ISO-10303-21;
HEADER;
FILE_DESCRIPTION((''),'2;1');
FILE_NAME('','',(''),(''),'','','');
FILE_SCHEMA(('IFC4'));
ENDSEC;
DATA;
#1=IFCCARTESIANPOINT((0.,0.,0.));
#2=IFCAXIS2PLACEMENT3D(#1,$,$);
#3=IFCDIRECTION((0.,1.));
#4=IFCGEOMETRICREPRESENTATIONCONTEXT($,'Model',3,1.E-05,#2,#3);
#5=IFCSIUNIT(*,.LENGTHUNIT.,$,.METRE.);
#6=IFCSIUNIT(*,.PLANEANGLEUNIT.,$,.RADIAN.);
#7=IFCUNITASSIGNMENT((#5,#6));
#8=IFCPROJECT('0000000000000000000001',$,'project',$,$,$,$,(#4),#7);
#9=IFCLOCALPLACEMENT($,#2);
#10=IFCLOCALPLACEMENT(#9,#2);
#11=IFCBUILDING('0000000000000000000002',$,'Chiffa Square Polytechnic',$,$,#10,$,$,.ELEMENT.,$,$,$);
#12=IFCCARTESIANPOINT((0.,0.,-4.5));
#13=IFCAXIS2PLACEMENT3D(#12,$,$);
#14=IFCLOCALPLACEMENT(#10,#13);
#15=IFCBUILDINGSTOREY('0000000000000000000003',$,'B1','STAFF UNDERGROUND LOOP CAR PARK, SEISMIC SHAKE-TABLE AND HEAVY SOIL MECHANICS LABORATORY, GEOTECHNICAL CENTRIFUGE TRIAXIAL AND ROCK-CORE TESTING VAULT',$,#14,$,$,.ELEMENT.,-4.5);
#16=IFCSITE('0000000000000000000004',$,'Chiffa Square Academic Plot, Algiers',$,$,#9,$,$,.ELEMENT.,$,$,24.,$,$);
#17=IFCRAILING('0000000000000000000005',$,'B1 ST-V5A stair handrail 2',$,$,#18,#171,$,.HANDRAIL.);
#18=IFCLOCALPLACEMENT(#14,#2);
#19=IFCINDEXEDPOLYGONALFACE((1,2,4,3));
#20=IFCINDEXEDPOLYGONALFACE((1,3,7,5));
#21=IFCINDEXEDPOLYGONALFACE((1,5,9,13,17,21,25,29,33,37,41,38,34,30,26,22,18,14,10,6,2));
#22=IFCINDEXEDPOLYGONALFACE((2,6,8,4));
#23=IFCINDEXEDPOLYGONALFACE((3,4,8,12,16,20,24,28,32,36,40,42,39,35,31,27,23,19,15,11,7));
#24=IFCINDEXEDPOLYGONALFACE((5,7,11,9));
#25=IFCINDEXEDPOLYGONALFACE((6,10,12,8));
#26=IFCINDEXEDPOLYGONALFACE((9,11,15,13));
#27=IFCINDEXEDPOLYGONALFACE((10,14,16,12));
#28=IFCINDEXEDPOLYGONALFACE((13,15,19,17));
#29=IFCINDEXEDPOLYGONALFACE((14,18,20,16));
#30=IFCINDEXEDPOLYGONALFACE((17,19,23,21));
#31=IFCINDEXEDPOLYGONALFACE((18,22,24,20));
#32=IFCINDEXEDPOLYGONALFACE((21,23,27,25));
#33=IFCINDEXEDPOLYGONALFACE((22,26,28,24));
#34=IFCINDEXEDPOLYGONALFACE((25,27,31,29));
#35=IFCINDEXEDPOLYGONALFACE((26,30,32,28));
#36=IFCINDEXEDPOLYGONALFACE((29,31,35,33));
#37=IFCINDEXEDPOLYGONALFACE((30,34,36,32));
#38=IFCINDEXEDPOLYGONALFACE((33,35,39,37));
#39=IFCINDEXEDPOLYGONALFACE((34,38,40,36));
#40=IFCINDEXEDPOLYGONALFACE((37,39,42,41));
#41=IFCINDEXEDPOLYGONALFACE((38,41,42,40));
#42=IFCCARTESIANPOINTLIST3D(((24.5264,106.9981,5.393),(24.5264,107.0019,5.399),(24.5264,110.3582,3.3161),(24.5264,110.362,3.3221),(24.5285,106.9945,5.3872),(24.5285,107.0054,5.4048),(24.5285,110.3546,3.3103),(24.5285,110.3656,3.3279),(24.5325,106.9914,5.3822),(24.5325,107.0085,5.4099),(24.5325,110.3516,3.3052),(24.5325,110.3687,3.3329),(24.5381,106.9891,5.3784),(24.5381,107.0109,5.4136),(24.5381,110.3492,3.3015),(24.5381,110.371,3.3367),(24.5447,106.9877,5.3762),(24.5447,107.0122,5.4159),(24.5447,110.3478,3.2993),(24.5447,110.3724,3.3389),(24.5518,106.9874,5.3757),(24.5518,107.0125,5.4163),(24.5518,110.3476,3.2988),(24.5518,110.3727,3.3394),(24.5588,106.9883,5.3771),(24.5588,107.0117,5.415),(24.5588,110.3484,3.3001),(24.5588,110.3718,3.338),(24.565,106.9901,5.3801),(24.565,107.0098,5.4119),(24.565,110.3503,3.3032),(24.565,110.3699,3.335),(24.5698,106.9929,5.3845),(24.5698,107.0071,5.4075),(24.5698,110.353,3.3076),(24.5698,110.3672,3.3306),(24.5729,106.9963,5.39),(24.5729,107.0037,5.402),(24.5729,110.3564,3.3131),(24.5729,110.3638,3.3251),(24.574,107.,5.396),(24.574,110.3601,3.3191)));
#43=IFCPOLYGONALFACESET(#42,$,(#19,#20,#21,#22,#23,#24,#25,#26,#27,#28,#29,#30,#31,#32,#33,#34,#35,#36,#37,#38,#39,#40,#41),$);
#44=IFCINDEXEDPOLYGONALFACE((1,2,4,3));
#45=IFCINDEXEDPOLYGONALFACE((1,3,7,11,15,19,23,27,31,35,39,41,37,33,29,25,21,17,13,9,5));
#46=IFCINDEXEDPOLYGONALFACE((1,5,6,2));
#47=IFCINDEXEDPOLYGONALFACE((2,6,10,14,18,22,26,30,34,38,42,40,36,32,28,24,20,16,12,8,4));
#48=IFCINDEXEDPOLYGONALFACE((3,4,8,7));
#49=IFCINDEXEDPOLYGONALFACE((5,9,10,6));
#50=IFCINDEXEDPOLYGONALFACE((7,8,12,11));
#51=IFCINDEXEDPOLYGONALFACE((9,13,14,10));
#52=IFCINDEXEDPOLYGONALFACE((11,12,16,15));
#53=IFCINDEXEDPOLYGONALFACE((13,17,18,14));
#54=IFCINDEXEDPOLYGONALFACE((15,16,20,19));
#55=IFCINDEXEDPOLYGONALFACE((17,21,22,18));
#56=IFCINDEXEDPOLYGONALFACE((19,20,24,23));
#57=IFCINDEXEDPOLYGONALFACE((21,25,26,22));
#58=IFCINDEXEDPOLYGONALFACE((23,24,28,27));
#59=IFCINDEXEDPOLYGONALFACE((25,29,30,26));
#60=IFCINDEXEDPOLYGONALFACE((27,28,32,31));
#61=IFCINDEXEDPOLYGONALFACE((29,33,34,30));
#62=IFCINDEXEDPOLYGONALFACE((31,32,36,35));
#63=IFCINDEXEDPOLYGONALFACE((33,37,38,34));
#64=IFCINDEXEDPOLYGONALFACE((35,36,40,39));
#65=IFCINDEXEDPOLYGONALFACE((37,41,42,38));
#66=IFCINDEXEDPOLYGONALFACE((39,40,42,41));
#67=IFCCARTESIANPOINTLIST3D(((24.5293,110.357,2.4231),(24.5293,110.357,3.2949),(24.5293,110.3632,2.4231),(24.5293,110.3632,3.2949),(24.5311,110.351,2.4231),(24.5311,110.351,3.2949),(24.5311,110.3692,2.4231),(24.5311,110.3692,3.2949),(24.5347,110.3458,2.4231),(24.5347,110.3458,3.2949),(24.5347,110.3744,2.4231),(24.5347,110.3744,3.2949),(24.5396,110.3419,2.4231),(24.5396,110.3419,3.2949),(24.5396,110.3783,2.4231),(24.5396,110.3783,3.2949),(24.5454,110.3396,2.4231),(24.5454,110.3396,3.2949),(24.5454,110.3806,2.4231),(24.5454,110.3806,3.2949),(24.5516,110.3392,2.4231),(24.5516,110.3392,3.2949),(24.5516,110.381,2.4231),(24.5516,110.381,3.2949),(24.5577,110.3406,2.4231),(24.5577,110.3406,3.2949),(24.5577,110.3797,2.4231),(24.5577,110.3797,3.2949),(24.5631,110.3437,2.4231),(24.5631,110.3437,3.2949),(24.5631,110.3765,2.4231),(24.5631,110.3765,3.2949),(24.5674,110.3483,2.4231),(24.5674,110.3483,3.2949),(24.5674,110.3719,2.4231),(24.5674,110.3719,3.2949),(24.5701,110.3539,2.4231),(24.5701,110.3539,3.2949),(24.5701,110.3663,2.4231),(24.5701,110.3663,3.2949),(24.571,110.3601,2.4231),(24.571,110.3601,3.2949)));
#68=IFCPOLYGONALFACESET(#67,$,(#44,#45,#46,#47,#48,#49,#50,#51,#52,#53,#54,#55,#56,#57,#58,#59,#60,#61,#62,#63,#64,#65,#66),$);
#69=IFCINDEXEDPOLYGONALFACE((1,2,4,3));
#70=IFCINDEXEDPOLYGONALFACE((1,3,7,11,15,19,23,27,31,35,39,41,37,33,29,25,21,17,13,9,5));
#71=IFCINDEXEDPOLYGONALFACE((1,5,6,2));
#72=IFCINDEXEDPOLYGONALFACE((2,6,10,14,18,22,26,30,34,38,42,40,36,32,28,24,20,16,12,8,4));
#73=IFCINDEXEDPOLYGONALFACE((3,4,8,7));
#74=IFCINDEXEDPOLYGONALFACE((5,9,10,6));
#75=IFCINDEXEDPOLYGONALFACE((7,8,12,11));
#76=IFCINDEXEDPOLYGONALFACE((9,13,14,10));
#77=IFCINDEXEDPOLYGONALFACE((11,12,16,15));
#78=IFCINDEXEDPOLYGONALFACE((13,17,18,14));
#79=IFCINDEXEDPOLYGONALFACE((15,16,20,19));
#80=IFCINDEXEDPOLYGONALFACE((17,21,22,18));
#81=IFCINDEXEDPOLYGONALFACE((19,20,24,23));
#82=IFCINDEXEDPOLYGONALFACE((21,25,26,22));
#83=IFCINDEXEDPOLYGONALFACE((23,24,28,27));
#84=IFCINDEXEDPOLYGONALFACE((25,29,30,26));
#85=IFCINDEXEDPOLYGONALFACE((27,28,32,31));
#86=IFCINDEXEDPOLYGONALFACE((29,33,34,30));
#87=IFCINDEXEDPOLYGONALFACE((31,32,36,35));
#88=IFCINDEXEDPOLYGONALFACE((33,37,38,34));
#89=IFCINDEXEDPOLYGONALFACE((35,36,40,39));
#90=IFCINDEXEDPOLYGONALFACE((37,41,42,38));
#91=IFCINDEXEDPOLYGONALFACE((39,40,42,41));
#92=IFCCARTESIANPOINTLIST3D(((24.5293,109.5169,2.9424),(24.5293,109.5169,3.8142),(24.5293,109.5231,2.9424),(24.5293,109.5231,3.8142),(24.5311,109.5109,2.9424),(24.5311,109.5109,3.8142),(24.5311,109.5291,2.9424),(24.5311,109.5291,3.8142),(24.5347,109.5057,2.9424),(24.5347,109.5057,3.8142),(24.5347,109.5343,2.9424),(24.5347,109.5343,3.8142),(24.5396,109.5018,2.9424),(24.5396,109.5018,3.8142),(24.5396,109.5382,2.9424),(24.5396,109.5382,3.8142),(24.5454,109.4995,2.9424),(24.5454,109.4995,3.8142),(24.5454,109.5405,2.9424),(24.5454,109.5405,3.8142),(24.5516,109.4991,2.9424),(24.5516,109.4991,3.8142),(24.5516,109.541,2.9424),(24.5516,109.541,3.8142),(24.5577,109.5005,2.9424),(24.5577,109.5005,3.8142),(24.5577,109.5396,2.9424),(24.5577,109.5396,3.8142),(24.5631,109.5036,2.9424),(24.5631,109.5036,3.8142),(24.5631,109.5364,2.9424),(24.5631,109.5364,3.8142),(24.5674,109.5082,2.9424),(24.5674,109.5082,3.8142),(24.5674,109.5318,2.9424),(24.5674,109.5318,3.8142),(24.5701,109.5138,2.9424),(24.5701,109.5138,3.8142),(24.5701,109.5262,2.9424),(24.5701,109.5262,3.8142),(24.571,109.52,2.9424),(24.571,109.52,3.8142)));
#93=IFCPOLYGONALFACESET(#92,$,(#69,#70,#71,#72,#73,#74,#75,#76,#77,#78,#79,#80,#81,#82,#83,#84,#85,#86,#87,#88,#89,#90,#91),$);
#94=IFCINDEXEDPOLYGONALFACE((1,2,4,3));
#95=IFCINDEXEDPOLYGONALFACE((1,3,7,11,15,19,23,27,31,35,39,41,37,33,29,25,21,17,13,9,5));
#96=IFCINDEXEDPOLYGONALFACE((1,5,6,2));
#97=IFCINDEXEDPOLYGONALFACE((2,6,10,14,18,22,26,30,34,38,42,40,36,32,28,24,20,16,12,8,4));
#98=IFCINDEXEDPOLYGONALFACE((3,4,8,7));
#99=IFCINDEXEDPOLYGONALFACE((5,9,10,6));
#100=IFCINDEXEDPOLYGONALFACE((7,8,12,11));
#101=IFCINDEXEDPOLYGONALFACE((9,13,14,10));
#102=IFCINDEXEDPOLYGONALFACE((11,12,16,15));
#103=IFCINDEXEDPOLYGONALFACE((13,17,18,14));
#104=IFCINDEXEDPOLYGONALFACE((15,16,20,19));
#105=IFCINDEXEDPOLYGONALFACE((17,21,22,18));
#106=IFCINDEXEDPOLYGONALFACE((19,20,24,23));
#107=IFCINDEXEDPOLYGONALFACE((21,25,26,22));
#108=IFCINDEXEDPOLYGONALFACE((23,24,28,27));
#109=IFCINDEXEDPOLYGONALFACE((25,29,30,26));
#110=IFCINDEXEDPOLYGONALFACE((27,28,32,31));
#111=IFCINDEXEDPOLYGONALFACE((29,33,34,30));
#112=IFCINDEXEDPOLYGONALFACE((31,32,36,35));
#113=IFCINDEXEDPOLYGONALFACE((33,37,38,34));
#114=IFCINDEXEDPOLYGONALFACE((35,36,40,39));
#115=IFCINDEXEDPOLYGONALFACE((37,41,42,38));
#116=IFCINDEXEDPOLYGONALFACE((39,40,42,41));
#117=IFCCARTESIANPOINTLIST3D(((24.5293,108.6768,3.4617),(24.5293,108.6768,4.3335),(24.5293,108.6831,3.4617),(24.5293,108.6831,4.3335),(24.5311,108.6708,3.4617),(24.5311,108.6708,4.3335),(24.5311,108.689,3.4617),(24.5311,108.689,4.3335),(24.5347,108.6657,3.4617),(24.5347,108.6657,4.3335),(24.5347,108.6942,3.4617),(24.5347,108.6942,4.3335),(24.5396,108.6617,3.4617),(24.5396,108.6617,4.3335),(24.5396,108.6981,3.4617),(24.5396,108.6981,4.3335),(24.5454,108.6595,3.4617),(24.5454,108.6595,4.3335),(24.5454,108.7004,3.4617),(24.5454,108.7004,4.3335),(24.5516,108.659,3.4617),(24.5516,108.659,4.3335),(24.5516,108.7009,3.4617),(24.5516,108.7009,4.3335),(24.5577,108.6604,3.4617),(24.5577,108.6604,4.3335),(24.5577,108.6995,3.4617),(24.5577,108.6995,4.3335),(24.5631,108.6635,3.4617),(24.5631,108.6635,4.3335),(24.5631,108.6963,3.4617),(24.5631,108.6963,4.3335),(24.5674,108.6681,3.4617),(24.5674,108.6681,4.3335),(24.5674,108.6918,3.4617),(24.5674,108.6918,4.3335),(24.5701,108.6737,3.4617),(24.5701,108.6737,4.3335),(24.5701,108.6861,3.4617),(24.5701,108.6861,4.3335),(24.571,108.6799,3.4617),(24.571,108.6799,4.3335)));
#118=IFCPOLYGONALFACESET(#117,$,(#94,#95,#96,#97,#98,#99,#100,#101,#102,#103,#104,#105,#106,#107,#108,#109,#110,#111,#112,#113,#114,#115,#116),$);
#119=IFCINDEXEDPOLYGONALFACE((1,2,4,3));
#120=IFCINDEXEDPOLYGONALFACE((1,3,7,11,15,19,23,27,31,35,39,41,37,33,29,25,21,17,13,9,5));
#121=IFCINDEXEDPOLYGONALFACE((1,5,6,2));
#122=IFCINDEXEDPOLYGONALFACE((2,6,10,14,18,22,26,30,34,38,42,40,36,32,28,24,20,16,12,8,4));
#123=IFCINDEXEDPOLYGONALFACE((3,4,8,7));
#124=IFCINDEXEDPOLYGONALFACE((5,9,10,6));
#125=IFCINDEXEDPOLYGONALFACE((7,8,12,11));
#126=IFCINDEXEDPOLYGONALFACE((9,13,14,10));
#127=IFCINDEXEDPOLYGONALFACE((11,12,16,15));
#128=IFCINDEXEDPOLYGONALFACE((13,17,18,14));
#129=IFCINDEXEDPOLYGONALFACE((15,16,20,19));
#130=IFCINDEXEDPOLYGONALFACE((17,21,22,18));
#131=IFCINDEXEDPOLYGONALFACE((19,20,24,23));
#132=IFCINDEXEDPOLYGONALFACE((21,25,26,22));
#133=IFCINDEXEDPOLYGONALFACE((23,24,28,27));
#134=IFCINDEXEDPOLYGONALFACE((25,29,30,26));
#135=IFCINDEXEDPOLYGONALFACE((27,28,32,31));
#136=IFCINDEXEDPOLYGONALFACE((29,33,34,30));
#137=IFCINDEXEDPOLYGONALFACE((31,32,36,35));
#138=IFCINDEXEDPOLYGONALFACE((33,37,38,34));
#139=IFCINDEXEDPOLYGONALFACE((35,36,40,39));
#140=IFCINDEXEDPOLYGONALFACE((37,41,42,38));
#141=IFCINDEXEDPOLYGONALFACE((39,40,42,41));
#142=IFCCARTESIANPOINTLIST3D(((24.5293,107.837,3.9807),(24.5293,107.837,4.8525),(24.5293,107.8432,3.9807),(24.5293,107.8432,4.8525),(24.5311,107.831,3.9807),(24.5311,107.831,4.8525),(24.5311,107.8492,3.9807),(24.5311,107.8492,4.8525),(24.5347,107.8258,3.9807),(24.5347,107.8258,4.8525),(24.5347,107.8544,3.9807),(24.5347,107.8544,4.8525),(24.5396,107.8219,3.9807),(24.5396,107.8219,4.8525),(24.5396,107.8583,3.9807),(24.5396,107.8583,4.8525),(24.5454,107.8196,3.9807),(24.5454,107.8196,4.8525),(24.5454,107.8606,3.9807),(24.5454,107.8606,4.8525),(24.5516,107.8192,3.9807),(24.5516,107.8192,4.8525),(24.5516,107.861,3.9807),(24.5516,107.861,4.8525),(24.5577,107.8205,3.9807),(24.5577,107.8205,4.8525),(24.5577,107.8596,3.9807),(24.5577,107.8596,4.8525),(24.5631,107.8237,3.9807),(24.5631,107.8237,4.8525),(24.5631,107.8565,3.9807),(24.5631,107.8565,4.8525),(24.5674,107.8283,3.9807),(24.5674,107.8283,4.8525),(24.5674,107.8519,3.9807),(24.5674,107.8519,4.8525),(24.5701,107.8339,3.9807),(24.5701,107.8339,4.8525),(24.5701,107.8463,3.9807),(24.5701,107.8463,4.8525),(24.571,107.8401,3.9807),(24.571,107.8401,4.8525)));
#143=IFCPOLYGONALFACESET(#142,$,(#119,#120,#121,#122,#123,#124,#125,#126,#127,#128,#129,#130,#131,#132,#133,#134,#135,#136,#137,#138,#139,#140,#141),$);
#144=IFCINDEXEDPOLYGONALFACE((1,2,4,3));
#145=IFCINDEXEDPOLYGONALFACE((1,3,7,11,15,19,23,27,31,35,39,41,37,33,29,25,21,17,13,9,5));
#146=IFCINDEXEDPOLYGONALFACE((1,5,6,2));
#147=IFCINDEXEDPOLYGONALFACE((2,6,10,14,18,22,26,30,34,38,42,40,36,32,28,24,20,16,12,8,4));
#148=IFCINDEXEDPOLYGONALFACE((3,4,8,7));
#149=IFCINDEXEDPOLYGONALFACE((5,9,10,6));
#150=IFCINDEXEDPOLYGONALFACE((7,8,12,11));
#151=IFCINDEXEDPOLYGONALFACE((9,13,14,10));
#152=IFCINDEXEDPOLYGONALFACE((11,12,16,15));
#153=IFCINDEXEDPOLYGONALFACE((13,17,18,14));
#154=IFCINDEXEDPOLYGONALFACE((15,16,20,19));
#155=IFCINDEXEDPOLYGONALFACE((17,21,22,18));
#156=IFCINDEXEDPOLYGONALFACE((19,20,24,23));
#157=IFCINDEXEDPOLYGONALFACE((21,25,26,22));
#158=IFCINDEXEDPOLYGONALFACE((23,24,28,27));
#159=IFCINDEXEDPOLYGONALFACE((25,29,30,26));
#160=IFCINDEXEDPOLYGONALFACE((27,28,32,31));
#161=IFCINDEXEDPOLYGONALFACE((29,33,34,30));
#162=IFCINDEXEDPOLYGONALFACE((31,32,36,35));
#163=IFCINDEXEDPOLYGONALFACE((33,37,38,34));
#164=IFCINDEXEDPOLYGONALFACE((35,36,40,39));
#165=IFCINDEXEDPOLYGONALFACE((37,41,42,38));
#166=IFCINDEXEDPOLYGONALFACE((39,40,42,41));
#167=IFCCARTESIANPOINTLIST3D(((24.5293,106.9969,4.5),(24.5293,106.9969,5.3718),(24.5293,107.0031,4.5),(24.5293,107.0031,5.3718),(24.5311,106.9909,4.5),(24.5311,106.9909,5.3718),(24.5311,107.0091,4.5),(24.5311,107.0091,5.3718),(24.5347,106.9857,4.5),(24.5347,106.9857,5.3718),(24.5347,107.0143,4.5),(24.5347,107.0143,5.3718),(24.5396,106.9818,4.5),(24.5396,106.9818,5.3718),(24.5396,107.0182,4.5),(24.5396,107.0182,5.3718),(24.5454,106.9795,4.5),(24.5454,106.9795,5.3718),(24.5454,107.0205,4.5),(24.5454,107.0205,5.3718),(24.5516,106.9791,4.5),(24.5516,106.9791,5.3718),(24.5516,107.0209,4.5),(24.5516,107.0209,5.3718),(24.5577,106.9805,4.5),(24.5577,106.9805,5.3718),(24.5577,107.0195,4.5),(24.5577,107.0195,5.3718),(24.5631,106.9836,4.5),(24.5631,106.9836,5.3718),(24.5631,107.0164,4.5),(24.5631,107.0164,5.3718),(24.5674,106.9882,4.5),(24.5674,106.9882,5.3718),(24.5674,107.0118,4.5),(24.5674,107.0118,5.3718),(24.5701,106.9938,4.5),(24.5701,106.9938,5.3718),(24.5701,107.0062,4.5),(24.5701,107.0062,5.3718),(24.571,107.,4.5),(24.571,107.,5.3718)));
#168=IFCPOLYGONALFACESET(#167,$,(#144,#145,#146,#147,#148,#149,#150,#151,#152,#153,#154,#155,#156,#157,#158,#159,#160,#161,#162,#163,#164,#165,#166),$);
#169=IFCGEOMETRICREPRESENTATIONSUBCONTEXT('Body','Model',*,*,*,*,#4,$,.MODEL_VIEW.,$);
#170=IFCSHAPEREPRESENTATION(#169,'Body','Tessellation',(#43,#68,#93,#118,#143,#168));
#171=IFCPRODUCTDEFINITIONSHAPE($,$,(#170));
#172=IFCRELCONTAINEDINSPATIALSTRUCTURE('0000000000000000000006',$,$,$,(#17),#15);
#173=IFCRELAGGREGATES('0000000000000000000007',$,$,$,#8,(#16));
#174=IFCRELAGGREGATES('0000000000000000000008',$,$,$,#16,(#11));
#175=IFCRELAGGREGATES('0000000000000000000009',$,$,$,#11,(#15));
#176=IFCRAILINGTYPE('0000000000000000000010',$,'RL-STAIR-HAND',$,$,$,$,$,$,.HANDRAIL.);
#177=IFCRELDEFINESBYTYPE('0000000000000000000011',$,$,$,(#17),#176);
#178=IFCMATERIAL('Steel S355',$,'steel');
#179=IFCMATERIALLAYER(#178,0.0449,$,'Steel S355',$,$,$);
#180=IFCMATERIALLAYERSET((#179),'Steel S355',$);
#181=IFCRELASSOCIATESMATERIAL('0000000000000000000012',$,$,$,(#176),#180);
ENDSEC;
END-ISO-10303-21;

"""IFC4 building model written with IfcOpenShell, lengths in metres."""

from ifc_helpers import new_model, si_unit, direction, frame, origin, origin_2d, place, context, subcontext, project, spatial, circle, extrude, material, layer, layer_set, type_object, element, save


model = new_model("IFC4")

# Units and contexts
model_context = context("Model", 3, precision=1e-05, world=origin(), true_north=direction((0.0, 1.0)))
body_context = subcontext(model_context, "Body", "Model", "MODEL_VIEW")
ifc_project = project(units=[si_unit("LENGTHUNIT", "METRE"), si_unit("PLANEANGLEUNIT", "RADIAN")], contexts=[model_context])

# Site, building, storey
site_placement = place(None, origin())
site = spatial("IfcSite", under=ifc_project, at=site_placement, Name="Chiffa Square Academic Plot, Algiers", CompositionType="ELEMENT", RefElevation=24.0)
building_placement = place(site_placement, origin())
building = spatial("IfcBuilding", under=site, at=building_placement, Name="Chiffa Square Polytechnic", CompositionType="ELEMENT")
storey_placement = place(building_placement, frame((0.0, 0.0, -4.5)))
storey = spatial("IfcBuildingStorey", under=building, at=storey_placement, Name="B1", Description="STAFF UNDERGROUND LOOP CAR PARK, SEISMIC SHAKE-TABLE AND HEAVY SOIL MECHANICS LABORATORY, GEOTECHNICAL CENTRIFUGE TRIAXIAL AND ROCK-CORE TESTING VAULT", CompositionType="ELEMENT", Elevation=-4.5)

# Railing
ifc_material_1 = material(Name="Steel S355", Category="steel")
ifc_layer_1 = layer(ifc_material_1, 0.0449, Name="Steel S355")
ifc_layer_set_1 = layer_set([ifc_layer_1], Name="Steel S355")
railing_type_1 = type_object("IfcRailingType", Name="RL-STAIR-HAND", PredefinedType="HANDRAIL", material=ifc_layer_set_1)
railing_1_placement = place(storey_placement, frame((24.55, 110.3601, 2.4231)))
element("IfcRailing", 1, at=railing_1_placement, inside=storey, type_object=railing_type_1, Name="B1 ST-V5A stair handrail 2", PredefinedType="HANDRAIL", context=body_context, shape_type="SweptSolid", body=[
    extrude(circle(Radius=0.0239, at=origin_2d()), frame((0.0, 0.0, 0.896), z_axis=(0.0, -0.850623, 0.525776), x_axis=(1.0, 0.0, 0.0)), (0.0, 0.0, 1.0), 3.9502),
    extrude(circle(Radius=0.021, at=origin_2d()), origin(), (0.0, 0.0, 1.0), 0.8718),
    extrude(circle(Radius=0.021, at=origin_2d()), frame((0.0, -0.8401, 0.5193)), (0.0, 0.0, 1.0), 0.8718),
    extrude(circle(Radius=0.021, at=origin_2d()), frame((0.0, -1.6802, 1.0386)), (0.0, 0.0, 1.0), 0.8718),
    extrude(circle(Radius=0.021, at=origin_2d()), frame((0.0, -2.52, 1.5576)), (0.0, 0.0, 1.0), 0.8718),
    extrude(circle(Radius=0.021, at=origin_2d()), frame((0.0, -3.3601, 2.0769)), (0.0, 0.0, 1.0), 0.8718),
])

save(model, "model.ifc")
